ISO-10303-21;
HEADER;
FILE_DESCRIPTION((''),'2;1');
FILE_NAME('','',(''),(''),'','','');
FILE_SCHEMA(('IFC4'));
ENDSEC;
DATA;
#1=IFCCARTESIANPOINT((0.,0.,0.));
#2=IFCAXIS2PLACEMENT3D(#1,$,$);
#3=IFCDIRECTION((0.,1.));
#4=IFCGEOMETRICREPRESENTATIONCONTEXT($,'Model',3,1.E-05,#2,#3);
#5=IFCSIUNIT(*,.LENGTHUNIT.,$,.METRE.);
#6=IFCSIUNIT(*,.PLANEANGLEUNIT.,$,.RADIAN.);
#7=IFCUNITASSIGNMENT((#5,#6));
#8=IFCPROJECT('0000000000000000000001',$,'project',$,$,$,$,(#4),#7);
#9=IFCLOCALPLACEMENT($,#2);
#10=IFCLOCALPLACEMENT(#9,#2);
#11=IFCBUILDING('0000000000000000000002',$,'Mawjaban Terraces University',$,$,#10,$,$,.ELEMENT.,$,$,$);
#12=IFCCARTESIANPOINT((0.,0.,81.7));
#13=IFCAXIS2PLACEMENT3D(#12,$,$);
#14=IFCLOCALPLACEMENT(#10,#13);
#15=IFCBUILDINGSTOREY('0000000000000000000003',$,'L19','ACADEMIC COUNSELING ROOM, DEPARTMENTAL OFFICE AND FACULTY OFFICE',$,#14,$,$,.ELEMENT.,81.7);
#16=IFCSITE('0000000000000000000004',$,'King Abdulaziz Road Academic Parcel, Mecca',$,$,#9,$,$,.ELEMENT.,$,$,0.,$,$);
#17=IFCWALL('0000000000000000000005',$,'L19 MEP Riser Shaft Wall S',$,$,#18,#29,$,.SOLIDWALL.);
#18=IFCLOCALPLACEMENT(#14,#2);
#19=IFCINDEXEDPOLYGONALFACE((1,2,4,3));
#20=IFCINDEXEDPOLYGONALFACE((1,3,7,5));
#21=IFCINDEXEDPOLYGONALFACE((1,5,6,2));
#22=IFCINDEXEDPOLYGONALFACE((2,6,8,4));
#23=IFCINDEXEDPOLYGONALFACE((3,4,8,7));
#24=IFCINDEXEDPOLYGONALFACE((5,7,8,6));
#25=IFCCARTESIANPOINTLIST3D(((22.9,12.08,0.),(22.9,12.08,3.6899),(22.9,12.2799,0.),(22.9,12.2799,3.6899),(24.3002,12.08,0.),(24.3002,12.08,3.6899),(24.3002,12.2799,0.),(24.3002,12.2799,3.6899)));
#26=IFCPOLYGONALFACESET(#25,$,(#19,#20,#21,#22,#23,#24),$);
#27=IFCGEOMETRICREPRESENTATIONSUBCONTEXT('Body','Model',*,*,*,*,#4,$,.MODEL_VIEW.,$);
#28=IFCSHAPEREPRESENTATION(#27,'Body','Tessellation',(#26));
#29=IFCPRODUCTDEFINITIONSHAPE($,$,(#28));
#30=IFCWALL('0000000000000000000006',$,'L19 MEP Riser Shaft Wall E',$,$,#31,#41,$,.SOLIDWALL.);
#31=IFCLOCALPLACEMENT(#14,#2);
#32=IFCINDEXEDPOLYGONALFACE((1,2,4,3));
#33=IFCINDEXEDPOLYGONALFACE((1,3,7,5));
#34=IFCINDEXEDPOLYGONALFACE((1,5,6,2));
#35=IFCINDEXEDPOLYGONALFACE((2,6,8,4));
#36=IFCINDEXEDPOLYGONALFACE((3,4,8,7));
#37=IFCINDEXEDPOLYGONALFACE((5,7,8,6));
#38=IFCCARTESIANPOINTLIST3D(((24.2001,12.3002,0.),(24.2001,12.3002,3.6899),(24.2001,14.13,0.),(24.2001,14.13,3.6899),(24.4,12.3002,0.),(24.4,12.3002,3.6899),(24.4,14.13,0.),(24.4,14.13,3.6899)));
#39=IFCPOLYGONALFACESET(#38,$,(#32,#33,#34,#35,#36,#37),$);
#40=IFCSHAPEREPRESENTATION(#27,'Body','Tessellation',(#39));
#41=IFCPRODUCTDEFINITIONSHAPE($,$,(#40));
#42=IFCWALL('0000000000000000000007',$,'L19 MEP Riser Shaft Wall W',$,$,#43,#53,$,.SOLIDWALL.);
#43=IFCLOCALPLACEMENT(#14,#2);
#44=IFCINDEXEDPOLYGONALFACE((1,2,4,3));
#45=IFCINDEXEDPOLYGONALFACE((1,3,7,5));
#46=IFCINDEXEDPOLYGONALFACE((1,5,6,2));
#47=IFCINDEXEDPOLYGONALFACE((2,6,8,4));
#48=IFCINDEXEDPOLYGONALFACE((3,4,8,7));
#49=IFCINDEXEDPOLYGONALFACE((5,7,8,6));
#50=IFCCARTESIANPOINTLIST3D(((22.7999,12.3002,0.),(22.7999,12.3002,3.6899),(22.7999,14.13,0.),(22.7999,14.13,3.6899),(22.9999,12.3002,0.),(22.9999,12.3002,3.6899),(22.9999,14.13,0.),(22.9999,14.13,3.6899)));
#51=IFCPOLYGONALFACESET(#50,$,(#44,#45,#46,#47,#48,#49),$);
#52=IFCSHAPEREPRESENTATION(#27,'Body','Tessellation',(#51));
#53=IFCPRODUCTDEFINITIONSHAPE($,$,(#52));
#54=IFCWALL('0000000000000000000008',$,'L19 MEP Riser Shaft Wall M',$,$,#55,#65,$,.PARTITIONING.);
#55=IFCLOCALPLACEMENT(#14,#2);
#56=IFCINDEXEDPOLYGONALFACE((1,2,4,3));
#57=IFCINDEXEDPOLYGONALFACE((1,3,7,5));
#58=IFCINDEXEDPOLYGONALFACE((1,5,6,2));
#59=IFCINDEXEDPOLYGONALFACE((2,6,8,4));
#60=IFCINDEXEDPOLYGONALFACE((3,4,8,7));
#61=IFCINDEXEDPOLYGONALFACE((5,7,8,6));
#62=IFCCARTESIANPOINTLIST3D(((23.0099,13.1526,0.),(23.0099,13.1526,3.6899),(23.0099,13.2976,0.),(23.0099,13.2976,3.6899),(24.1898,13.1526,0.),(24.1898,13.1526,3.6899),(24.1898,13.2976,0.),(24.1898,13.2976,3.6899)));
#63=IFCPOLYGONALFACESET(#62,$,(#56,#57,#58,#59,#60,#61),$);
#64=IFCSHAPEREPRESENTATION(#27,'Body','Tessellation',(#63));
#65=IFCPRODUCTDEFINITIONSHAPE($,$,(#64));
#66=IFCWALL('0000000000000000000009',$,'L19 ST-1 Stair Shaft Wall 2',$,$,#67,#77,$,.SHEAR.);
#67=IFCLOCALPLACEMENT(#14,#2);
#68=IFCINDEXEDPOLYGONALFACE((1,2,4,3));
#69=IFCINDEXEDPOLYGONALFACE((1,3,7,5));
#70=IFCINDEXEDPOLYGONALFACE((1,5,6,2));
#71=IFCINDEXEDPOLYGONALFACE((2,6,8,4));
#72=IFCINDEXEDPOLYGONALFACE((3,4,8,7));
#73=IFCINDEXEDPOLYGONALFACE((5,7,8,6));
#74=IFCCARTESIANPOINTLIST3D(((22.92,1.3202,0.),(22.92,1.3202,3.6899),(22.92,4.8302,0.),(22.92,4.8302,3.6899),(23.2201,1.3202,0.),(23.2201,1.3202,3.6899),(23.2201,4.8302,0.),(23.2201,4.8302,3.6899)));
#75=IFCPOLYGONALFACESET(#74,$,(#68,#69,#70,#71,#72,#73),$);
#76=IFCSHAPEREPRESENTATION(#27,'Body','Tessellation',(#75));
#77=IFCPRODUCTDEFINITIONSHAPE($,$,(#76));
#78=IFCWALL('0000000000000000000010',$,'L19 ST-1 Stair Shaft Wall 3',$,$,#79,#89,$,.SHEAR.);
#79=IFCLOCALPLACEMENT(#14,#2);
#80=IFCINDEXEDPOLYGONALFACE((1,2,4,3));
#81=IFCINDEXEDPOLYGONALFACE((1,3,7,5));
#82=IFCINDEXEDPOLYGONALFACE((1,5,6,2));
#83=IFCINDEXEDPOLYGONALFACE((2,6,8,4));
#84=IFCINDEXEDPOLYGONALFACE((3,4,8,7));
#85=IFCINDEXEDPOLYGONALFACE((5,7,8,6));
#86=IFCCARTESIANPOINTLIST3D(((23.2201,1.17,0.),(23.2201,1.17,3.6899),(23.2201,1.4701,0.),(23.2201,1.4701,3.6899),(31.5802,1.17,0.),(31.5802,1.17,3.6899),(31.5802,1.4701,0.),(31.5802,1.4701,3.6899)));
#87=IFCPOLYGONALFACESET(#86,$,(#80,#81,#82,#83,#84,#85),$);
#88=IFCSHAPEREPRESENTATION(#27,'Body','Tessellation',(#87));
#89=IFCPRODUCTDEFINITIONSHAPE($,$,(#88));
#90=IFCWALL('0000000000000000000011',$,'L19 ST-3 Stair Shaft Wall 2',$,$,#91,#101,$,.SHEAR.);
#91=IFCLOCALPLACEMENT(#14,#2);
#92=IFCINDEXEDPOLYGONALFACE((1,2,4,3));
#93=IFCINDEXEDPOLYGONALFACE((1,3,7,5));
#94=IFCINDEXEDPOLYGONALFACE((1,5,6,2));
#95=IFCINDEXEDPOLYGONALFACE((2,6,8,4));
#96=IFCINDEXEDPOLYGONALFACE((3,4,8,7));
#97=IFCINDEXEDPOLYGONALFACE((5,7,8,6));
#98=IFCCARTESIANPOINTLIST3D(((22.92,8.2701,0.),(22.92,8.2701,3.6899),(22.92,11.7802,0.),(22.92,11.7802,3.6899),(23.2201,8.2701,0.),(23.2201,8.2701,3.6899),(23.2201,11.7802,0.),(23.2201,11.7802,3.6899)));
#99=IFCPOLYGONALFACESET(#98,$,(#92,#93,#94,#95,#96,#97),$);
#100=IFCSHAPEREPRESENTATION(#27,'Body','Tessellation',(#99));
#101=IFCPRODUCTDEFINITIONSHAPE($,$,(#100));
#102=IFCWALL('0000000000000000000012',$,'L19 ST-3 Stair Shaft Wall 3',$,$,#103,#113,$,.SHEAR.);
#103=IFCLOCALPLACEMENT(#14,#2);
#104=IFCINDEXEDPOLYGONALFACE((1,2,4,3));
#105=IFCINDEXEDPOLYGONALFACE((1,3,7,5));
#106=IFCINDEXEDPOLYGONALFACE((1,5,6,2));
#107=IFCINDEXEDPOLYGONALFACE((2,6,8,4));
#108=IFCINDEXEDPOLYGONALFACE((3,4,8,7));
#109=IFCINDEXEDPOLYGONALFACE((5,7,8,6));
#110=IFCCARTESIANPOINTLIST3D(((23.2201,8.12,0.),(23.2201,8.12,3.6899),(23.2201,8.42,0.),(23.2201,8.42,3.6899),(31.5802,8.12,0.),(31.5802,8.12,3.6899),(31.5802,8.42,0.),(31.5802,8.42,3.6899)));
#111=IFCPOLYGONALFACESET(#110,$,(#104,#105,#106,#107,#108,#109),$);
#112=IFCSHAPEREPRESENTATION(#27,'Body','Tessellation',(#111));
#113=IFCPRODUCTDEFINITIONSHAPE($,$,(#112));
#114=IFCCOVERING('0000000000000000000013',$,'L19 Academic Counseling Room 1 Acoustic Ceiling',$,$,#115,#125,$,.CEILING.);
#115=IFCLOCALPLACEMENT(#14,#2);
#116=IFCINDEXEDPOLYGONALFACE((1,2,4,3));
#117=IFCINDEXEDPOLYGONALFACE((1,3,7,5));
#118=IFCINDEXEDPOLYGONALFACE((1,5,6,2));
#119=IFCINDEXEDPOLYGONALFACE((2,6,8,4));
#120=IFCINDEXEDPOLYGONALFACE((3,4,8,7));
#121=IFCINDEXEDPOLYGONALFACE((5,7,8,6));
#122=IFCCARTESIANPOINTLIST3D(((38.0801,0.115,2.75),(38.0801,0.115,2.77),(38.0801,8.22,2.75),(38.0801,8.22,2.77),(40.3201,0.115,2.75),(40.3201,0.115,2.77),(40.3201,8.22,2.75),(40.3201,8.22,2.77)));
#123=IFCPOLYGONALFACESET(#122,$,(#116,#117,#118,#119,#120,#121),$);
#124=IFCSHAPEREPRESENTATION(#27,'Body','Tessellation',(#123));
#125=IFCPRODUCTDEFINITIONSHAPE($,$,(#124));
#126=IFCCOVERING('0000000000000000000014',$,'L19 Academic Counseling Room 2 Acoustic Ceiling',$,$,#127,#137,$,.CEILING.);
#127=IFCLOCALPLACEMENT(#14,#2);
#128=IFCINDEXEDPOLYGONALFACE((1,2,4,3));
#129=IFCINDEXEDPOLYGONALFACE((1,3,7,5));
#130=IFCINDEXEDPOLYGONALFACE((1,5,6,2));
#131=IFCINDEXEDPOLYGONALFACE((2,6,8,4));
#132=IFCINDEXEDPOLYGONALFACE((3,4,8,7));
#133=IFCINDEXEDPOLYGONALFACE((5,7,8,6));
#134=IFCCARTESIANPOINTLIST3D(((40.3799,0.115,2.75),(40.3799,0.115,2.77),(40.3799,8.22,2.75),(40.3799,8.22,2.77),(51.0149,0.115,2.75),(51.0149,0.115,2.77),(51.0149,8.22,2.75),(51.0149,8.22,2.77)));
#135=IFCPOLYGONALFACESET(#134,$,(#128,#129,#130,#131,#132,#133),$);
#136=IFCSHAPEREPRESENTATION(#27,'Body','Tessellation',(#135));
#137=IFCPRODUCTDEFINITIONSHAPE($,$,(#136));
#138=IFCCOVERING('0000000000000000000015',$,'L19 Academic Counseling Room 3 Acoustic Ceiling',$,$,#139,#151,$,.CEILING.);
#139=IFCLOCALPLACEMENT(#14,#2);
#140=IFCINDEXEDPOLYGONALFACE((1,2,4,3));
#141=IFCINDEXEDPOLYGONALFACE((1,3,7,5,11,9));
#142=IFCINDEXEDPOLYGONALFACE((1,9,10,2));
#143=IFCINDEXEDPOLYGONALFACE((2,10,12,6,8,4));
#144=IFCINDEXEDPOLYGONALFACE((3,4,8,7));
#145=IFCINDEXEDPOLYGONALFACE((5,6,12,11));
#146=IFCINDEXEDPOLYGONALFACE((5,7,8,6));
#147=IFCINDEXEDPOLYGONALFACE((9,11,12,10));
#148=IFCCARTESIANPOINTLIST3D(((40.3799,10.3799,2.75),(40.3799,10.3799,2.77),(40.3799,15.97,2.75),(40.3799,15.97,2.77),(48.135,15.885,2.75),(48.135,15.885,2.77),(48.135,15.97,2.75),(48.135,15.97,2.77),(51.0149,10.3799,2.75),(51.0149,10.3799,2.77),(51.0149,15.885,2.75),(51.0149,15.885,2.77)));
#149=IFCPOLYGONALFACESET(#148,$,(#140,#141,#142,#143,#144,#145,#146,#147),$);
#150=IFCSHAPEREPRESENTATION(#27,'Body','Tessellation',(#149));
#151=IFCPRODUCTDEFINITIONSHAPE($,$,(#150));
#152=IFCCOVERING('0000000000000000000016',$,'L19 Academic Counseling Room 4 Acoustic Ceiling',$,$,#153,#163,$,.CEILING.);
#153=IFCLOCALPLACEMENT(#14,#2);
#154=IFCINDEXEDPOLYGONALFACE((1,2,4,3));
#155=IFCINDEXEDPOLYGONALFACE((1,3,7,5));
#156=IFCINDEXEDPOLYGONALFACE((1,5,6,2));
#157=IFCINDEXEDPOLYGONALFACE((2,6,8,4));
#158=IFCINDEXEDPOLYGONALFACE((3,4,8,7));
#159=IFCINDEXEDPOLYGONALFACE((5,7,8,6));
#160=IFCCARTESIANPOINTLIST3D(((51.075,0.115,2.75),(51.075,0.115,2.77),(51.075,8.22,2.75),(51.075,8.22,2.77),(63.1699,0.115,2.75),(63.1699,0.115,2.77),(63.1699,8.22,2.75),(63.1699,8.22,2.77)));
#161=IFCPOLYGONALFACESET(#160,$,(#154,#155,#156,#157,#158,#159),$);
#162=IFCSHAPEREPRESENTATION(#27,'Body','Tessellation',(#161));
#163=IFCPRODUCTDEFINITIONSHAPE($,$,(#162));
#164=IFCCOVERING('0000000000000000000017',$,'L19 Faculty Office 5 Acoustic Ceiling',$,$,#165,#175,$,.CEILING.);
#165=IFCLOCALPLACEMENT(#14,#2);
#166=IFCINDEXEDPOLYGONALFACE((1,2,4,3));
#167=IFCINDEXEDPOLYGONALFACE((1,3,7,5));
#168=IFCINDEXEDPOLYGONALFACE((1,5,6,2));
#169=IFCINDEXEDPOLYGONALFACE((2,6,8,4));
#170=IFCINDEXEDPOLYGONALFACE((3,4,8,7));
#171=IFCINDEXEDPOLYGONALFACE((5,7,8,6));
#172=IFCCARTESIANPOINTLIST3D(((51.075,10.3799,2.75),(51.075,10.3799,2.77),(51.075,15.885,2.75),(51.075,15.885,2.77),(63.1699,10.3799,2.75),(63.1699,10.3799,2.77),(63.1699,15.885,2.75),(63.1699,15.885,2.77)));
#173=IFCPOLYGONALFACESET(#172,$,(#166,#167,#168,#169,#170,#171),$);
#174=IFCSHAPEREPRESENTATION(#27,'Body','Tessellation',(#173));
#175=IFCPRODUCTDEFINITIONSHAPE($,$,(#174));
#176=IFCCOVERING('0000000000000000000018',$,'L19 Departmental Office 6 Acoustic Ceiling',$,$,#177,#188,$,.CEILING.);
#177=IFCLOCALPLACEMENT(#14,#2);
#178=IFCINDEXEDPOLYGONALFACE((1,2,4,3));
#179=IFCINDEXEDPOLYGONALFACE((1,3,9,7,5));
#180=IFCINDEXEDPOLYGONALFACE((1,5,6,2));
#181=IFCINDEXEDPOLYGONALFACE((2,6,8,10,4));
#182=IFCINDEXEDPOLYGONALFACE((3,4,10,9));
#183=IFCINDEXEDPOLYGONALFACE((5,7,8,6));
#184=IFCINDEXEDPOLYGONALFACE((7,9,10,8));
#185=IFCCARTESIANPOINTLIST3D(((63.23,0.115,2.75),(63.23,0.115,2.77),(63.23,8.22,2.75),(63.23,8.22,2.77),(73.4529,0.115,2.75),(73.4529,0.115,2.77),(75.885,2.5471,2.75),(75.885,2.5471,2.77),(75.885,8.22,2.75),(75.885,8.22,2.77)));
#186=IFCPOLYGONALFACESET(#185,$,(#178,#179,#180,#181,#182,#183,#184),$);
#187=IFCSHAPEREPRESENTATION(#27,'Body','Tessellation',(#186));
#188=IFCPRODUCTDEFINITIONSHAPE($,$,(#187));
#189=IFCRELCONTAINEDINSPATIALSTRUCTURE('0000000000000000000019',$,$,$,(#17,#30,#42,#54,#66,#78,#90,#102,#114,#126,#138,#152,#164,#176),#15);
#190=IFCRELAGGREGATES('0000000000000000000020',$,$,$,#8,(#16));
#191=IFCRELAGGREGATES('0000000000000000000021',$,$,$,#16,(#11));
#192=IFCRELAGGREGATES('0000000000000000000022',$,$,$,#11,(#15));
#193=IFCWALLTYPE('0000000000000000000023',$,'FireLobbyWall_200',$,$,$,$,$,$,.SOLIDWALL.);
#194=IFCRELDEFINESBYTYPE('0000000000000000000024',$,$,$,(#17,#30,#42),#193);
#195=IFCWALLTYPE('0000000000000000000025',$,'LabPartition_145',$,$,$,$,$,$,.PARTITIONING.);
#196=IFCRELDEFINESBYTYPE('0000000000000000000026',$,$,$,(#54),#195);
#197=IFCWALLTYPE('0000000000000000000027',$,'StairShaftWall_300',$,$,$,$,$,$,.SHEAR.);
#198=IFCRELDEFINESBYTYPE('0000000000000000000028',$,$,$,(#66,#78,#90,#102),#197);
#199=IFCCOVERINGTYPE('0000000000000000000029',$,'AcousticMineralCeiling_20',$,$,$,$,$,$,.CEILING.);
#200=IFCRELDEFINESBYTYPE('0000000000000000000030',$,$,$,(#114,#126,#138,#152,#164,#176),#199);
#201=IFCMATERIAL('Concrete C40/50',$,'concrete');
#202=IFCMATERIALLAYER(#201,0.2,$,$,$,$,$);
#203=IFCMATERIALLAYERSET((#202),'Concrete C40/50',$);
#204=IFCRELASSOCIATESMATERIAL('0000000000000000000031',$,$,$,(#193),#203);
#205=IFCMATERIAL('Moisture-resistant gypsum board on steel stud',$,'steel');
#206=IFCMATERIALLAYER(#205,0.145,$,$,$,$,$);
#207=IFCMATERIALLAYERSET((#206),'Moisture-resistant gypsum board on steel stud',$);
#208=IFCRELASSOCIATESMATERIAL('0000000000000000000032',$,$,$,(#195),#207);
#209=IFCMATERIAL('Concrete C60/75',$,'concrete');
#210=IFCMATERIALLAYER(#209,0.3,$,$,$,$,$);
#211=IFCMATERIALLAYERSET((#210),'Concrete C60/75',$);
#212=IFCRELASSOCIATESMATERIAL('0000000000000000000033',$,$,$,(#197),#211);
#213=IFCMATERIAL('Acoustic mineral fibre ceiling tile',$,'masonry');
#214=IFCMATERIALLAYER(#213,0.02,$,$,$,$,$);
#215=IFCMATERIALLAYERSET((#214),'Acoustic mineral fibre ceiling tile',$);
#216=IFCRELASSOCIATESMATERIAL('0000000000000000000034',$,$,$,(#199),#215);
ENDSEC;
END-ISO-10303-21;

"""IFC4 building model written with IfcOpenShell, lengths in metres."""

from ifc_helpers import new_model, si_unit, direction, frame, frame_2d, origin, place, context, subcontext, project, spatial, polyline, rectangle, outline, extrude, material, layer, layer_set, type_object, element, save


model = new_model("IFC4")

# Units and contexts
model_context = context("Model", 3, precision=1e-05, world=origin(), true_north=direction((0.0, 1.0)))
body_context = subcontext(model_context, "Body", "Model", "MODEL_VIEW")
ifc_project = project(units=[si_unit("LENGTHUNIT", "METRE"), si_unit("PLANEANGLEUNIT", "RADIAN")], contexts=[model_context])

# Site, building, storey
site_placement = place(None, origin())
site = spatial("IfcSite", under=ifc_project, at=site_placement, Name="King Abdulaziz Road Academic Parcel, Mecca", CompositionType="ELEMENT", RefElevation=0.0)
building_placement = place(site_placement, origin())
building = spatial("IfcBuilding", under=site, at=building_placement, Name="Mawjaban Terraces University", CompositionType="ELEMENT")
storey_placement = place(building_placement, frame((0.0, 0.0, 81.7)))
storey = spatial("IfcBuildingStorey", under=building, at=storey_placement, Name="L19", Description="ACADEMIC COUNSELING ROOM, DEPARTMENTAL OFFICE AND FACULTY OFFICE", CompositionType="ELEMENT", Elevation=81.7)

# Shared definitions
ifc_material_1 = material(Name="Concrete C40/50", Category="concrete")

# Walls
ifc_layer_1 = layer(ifc_material_1, 0.2)
ifc_layer_set_1 = layer_set([ifc_layer_1], Name="Concrete C40/50")
wall_type_1 = type_object("IfcWallType", Name="FireLobbyWall_200", PredefinedType="SOLIDWALL", material=ifc_layer_set_1)
for number, where, z_axis, x_axis, name in (
    (1, (22.8999, 12.1799, 0.0), (0.0, 0.0, 1.0), (1.0, 0.0, 0.0), "L19 MEP Riser Shaft Wall S"),
):
    element("IfcWall", number, at=place(storey_placement, frame(where, z_axis=z_axis, x_axis=x_axis)), inside=storey, type_object=wall_type_1, Name=name, PredefinedType="SOLIDWALL", context=body_context, shape_type="SweptSolid", body=[
        extrude(rectangle(XDim=1.4001, YDim=0.2, at=frame_2d((0.7002, 0.0))), origin(), (0.0, 0.0, 1.0), 3.6899),
    ])
for number, where, z_axis, x_axis, name in (
    (2, (24.3, 12.3, 0.0), (0.0, 0.0, 1.0), (0.0, 1.0, 0.0), "L19 MEP Riser Shaft Wall E"),
    (3, (22.8999, 12.3, 0.0), (0.0, 0.0, 1.0), (0.0, 1.0, 0.0), "L19 MEP Riser Shaft Wall W"),
):
    element("IfcWall", number, at=place(storey_placement, frame(where, z_axis=z_axis, x_axis=x_axis)), inside=storey, type_object=wall_type_1, Name=name, PredefinedType="SOLIDWALL", context=body_context, shape_type="SweptSolid", body=[
        extrude(rectangle(XDim=1.8298, YDim=0.2, at=frame_2d((0.915, 0.0))), origin(), (0.0, 0.0, 1.0), 3.6899),
    ])
ifc_material_2 = material(Name="Moisture-resistant gypsum board on steel stud", Category="steel")
ifc_layer_2 = layer(ifc_material_2, 0.145)
ifc_layer_set_2 = layer_set([ifc_layer_2], Name="Moisture-resistant gypsum board on steel stud")
wall_type_2 = type_object("IfcWallType", Name="LabPartition_145", PredefinedType="PARTITIONING", material=ifc_layer_set_2)
wall_1_placement = place(storey_placement, frame((23.01, 13.2251, 0.0), z_axis=(0.0, 0.0, 1.0), x_axis=(1.0, 0.0, 0.0)))
element("IfcWall", 4, at=wall_1_placement, inside=storey, type_object=wall_type_2, Name="L19 MEP Riser Shaft Wall M", PredefinedType="PARTITIONING", context=body_context, shape_type="SweptSolid", body=[
    extrude(rectangle(XDim=1.1799, YDim=0.145, at=frame_2d((0.5898, 0.0))), origin(), (0.0, 0.0, 1.0), 3.6899),
])
ifc_material_3 = material(Name="Concrete C60/75", Category="concrete")
ifc_layer_3 = layer(ifc_material_3, 0.3)
ifc_layer_set_3 = layer_set([ifc_layer_3], Name="Concrete C60/75")
wall_type_3 = type_object("IfcWallType", Name="StairShaftWall_300", PredefinedType="SHEAR", material=ifc_layer_set_3)
wall_2_placement = place(storey_placement, frame((23.0701, 4.8301, 0.0), z_axis=(0.0, 0.0, 1.0), x_axis=(0.0, -1.0, 0.0)))
element("IfcWall", 5, at=wall_2_placement, inside=storey, type_object=wall_type_3, Name="L19 ST-1 Stair Shaft Wall 2", PredefinedType="SHEAR", context=body_context, shape_type="SweptSolid", body=[
    extrude(rectangle(XDim=3.51, YDim=0.3, at=frame_2d((1.7549, 0.0))), origin(), (0.0, 0.0, 1.0), 3.6899),
])
wall_3_placement = place(storey_placement, frame((23.22, 1.3201, 0.0), z_axis=(0.0, 0.0, 1.0), x_axis=(1.0, 0.0, 0.0)))
element("IfcWall", 6, at=wall_3_placement, inside=storey, type_object=wall_type_3, Name="L19 ST-1 Stair Shaft Wall 3", PredefinedType="SHEAR", context=body_context, shape_type="SweptSolid", body=[
    extrude(rectangle(XDim=8.3601, YDim=0.3, at=frame_2d((4.1802, 0.0))), origin(), (0.0, 0.0, 1.0), 3.6899),
])
wall_4_placement = place(storey_placement, frame((23.0701, 11.78, 0.0), z_axis=(0.0, 0.0, 1.0), x_axis=(0.0, -1.0, 0.0)))
element("IfcWall", 7, at=wall_4_placement, inside=storey, type_object=wall_type_3, Name="L19 ST-3 Stair Shaft Wall 2", PredefinedType="SHEAR", context=body_context, shape_type="SweptSolid", body=[
    extrude(rectangle(XDim=3.51, YDim=0.3, at=frame_2d((1.7549, 0.0))), origin(), (0.0, 0.0, 1.0), 3.6899),
])
wall_5_placement = place(storey_placement, frame((23.22, 8.27, 0.0), z_axis=(0.0, 0.0, 1.0), x_axis=(1.0, 0.0, 0.0)))
element("IfcWall", 8, at=wall_5_placement, inside=storey, type_object=wall_type_3, Name="L19 ST-3 Stair Shaft Wall 3", PredefinedType="SHEAR", context=body_context, shape_type="SweptSolid", body=[
    extrude(rectangle(XDim=8.3601, YDim=0.3, at=frame_2d((4.1802, 0.0))), origin(), (0.0, 0.0, 1.0), 3.6899),
])

# Coverings
ifc_material_4 = material(Name="Acoustic mineral fibre ceiling tile", Category="masonry")
ifc_layer_4 = layer(ifc_material_4, 0.02)
ifc_layer_set_4 = layer_set([ifc_layer_4], Name="Acoustic mineral fibre ceiling tile")
covering_type_1 = type_object("IfcCoveringType", Name="AcousticMineralCeiling_20", PredefinedType="CEILING", material=ifc_layer_set_4)
covering_1_placement = place(storey_placement, frame((0.0, 0.0, 2.75)))
element("IfcCovering", 9, at=covering_1_placement, inside=storey, type_object=covering_type_1, Name="L19 Academic Counseling Room 1 Acoustic Ceiling", PredefinedType="CEILING", context=body_context, shape_type="SweptSolid", body=[
    extrude(outline(polyline([(38.0801, 0.115), (40.3201, 0.115), (40.3201, 8.22), (38.0801, 8.22), (38.0801, 0.115)])), origin(), (0.0, 0.0, 1.0), 0.02),
])
covering_2_placement = place(storey_placement, frame((0.0, 0.0, 2.75)))
element("IfcCovering", 10, at=covering_2_placement, inside=storey, type_object=covering_type_1, Name="L19 Academic Counseling Room 2 Acoustic Ceiling", PredefinedType="CEILING", context=body_context, shape_type="SweptSolid", body=[
    extrude(outline(polyline([(40.3799, 0.115), (51.0149, 0.115), (51.0149, 8.22), (40.3799, 8.22), (40.3799, 0.115)])), origin(), (0.0, 0.0, 1.0), 0.02),
])
covering_3_placement = place(storey_placement, frame((0.0, 0.0, 2.75)))
element("IfcCovering", 11, at=covering_3_placement, inside=storey, type_object=covering_type_1, Name="L19 Academic Counseling Room 3 Acoustic Ceiling", PredefinedType="CEILING", context=body_context, shape_type="SweptSolid", body=[
    extrude(outline(polyline([(51.0149, 15.885), (48.135, 15.885), (48.135, 15.97), (40.3799, 15.97), (40.3799, 10.3799), (51.0149, 10.3799), (51.0149, 15.885)])), origin(), (0.0, 0.0, 1.0), 0.02),
])
covering_4_placement = place(storey_placement, frame((0.0, 0.0, 2.75)))
element("IfcCovering", 12, at=covering_4_placement, inside=storey, type_object=covering_type_1, Name="L19 Academic Counseling Room 4 Acoustic Ceiling", PredefinedType="CEILING", context=body_context, shape_type="SweptSolid", body=[
    extrude(outline(polyline([(51.075, 0.115), (63.1699, 0.115), (63.1699, 8.22), (51.075, 8.22), (51.075, 0.115)])), origin(), (0.0, 0.0, 1.0), 0.02),
])
covering_5_placement = place(storey_placement, frame((0.0, 0.0, 2.75)))
element("IfcCovering", 13, at=covering_5_placement, inside=storey, type_object=covering_type_1, Name="L19 Faculty Office 5 Acoustic Ceiling", PredefinedType="CEILING", context=body_context, shape_type="SweptSolid", body=[
    extrude(outline(polyline([(63.1699, 15.885), (51.075, 15.885), (51.075, 10.3799), (63.1699, 10.3799), (63.1699, 15.885)])), origin(), (0.0, 0.0, 1.0), 0.02),
])
covering_6_placement = place(storey_placement, frame((0.0, 0.0, 2.75)))
element("IfcCovering", 14, at=covering_6_placement, inside=storey, type_object=covering_type_1, Name="L19 Departmental Office 6 Acoustic Ceiling", PredefinedType="CEILING", context=body_context, shape_type="SweptSolid", body=[
    extrude(outline(polyline([(63.23, 0.115), (73.4529, 0.115), (75.885, 2.5471), (75.885, 8.22), (63.23, 8.22), (63.23, 0.115)])), origin(), (0.0, 0.0, 1.0), 0.02),
])

save(model, "model.ifc")
